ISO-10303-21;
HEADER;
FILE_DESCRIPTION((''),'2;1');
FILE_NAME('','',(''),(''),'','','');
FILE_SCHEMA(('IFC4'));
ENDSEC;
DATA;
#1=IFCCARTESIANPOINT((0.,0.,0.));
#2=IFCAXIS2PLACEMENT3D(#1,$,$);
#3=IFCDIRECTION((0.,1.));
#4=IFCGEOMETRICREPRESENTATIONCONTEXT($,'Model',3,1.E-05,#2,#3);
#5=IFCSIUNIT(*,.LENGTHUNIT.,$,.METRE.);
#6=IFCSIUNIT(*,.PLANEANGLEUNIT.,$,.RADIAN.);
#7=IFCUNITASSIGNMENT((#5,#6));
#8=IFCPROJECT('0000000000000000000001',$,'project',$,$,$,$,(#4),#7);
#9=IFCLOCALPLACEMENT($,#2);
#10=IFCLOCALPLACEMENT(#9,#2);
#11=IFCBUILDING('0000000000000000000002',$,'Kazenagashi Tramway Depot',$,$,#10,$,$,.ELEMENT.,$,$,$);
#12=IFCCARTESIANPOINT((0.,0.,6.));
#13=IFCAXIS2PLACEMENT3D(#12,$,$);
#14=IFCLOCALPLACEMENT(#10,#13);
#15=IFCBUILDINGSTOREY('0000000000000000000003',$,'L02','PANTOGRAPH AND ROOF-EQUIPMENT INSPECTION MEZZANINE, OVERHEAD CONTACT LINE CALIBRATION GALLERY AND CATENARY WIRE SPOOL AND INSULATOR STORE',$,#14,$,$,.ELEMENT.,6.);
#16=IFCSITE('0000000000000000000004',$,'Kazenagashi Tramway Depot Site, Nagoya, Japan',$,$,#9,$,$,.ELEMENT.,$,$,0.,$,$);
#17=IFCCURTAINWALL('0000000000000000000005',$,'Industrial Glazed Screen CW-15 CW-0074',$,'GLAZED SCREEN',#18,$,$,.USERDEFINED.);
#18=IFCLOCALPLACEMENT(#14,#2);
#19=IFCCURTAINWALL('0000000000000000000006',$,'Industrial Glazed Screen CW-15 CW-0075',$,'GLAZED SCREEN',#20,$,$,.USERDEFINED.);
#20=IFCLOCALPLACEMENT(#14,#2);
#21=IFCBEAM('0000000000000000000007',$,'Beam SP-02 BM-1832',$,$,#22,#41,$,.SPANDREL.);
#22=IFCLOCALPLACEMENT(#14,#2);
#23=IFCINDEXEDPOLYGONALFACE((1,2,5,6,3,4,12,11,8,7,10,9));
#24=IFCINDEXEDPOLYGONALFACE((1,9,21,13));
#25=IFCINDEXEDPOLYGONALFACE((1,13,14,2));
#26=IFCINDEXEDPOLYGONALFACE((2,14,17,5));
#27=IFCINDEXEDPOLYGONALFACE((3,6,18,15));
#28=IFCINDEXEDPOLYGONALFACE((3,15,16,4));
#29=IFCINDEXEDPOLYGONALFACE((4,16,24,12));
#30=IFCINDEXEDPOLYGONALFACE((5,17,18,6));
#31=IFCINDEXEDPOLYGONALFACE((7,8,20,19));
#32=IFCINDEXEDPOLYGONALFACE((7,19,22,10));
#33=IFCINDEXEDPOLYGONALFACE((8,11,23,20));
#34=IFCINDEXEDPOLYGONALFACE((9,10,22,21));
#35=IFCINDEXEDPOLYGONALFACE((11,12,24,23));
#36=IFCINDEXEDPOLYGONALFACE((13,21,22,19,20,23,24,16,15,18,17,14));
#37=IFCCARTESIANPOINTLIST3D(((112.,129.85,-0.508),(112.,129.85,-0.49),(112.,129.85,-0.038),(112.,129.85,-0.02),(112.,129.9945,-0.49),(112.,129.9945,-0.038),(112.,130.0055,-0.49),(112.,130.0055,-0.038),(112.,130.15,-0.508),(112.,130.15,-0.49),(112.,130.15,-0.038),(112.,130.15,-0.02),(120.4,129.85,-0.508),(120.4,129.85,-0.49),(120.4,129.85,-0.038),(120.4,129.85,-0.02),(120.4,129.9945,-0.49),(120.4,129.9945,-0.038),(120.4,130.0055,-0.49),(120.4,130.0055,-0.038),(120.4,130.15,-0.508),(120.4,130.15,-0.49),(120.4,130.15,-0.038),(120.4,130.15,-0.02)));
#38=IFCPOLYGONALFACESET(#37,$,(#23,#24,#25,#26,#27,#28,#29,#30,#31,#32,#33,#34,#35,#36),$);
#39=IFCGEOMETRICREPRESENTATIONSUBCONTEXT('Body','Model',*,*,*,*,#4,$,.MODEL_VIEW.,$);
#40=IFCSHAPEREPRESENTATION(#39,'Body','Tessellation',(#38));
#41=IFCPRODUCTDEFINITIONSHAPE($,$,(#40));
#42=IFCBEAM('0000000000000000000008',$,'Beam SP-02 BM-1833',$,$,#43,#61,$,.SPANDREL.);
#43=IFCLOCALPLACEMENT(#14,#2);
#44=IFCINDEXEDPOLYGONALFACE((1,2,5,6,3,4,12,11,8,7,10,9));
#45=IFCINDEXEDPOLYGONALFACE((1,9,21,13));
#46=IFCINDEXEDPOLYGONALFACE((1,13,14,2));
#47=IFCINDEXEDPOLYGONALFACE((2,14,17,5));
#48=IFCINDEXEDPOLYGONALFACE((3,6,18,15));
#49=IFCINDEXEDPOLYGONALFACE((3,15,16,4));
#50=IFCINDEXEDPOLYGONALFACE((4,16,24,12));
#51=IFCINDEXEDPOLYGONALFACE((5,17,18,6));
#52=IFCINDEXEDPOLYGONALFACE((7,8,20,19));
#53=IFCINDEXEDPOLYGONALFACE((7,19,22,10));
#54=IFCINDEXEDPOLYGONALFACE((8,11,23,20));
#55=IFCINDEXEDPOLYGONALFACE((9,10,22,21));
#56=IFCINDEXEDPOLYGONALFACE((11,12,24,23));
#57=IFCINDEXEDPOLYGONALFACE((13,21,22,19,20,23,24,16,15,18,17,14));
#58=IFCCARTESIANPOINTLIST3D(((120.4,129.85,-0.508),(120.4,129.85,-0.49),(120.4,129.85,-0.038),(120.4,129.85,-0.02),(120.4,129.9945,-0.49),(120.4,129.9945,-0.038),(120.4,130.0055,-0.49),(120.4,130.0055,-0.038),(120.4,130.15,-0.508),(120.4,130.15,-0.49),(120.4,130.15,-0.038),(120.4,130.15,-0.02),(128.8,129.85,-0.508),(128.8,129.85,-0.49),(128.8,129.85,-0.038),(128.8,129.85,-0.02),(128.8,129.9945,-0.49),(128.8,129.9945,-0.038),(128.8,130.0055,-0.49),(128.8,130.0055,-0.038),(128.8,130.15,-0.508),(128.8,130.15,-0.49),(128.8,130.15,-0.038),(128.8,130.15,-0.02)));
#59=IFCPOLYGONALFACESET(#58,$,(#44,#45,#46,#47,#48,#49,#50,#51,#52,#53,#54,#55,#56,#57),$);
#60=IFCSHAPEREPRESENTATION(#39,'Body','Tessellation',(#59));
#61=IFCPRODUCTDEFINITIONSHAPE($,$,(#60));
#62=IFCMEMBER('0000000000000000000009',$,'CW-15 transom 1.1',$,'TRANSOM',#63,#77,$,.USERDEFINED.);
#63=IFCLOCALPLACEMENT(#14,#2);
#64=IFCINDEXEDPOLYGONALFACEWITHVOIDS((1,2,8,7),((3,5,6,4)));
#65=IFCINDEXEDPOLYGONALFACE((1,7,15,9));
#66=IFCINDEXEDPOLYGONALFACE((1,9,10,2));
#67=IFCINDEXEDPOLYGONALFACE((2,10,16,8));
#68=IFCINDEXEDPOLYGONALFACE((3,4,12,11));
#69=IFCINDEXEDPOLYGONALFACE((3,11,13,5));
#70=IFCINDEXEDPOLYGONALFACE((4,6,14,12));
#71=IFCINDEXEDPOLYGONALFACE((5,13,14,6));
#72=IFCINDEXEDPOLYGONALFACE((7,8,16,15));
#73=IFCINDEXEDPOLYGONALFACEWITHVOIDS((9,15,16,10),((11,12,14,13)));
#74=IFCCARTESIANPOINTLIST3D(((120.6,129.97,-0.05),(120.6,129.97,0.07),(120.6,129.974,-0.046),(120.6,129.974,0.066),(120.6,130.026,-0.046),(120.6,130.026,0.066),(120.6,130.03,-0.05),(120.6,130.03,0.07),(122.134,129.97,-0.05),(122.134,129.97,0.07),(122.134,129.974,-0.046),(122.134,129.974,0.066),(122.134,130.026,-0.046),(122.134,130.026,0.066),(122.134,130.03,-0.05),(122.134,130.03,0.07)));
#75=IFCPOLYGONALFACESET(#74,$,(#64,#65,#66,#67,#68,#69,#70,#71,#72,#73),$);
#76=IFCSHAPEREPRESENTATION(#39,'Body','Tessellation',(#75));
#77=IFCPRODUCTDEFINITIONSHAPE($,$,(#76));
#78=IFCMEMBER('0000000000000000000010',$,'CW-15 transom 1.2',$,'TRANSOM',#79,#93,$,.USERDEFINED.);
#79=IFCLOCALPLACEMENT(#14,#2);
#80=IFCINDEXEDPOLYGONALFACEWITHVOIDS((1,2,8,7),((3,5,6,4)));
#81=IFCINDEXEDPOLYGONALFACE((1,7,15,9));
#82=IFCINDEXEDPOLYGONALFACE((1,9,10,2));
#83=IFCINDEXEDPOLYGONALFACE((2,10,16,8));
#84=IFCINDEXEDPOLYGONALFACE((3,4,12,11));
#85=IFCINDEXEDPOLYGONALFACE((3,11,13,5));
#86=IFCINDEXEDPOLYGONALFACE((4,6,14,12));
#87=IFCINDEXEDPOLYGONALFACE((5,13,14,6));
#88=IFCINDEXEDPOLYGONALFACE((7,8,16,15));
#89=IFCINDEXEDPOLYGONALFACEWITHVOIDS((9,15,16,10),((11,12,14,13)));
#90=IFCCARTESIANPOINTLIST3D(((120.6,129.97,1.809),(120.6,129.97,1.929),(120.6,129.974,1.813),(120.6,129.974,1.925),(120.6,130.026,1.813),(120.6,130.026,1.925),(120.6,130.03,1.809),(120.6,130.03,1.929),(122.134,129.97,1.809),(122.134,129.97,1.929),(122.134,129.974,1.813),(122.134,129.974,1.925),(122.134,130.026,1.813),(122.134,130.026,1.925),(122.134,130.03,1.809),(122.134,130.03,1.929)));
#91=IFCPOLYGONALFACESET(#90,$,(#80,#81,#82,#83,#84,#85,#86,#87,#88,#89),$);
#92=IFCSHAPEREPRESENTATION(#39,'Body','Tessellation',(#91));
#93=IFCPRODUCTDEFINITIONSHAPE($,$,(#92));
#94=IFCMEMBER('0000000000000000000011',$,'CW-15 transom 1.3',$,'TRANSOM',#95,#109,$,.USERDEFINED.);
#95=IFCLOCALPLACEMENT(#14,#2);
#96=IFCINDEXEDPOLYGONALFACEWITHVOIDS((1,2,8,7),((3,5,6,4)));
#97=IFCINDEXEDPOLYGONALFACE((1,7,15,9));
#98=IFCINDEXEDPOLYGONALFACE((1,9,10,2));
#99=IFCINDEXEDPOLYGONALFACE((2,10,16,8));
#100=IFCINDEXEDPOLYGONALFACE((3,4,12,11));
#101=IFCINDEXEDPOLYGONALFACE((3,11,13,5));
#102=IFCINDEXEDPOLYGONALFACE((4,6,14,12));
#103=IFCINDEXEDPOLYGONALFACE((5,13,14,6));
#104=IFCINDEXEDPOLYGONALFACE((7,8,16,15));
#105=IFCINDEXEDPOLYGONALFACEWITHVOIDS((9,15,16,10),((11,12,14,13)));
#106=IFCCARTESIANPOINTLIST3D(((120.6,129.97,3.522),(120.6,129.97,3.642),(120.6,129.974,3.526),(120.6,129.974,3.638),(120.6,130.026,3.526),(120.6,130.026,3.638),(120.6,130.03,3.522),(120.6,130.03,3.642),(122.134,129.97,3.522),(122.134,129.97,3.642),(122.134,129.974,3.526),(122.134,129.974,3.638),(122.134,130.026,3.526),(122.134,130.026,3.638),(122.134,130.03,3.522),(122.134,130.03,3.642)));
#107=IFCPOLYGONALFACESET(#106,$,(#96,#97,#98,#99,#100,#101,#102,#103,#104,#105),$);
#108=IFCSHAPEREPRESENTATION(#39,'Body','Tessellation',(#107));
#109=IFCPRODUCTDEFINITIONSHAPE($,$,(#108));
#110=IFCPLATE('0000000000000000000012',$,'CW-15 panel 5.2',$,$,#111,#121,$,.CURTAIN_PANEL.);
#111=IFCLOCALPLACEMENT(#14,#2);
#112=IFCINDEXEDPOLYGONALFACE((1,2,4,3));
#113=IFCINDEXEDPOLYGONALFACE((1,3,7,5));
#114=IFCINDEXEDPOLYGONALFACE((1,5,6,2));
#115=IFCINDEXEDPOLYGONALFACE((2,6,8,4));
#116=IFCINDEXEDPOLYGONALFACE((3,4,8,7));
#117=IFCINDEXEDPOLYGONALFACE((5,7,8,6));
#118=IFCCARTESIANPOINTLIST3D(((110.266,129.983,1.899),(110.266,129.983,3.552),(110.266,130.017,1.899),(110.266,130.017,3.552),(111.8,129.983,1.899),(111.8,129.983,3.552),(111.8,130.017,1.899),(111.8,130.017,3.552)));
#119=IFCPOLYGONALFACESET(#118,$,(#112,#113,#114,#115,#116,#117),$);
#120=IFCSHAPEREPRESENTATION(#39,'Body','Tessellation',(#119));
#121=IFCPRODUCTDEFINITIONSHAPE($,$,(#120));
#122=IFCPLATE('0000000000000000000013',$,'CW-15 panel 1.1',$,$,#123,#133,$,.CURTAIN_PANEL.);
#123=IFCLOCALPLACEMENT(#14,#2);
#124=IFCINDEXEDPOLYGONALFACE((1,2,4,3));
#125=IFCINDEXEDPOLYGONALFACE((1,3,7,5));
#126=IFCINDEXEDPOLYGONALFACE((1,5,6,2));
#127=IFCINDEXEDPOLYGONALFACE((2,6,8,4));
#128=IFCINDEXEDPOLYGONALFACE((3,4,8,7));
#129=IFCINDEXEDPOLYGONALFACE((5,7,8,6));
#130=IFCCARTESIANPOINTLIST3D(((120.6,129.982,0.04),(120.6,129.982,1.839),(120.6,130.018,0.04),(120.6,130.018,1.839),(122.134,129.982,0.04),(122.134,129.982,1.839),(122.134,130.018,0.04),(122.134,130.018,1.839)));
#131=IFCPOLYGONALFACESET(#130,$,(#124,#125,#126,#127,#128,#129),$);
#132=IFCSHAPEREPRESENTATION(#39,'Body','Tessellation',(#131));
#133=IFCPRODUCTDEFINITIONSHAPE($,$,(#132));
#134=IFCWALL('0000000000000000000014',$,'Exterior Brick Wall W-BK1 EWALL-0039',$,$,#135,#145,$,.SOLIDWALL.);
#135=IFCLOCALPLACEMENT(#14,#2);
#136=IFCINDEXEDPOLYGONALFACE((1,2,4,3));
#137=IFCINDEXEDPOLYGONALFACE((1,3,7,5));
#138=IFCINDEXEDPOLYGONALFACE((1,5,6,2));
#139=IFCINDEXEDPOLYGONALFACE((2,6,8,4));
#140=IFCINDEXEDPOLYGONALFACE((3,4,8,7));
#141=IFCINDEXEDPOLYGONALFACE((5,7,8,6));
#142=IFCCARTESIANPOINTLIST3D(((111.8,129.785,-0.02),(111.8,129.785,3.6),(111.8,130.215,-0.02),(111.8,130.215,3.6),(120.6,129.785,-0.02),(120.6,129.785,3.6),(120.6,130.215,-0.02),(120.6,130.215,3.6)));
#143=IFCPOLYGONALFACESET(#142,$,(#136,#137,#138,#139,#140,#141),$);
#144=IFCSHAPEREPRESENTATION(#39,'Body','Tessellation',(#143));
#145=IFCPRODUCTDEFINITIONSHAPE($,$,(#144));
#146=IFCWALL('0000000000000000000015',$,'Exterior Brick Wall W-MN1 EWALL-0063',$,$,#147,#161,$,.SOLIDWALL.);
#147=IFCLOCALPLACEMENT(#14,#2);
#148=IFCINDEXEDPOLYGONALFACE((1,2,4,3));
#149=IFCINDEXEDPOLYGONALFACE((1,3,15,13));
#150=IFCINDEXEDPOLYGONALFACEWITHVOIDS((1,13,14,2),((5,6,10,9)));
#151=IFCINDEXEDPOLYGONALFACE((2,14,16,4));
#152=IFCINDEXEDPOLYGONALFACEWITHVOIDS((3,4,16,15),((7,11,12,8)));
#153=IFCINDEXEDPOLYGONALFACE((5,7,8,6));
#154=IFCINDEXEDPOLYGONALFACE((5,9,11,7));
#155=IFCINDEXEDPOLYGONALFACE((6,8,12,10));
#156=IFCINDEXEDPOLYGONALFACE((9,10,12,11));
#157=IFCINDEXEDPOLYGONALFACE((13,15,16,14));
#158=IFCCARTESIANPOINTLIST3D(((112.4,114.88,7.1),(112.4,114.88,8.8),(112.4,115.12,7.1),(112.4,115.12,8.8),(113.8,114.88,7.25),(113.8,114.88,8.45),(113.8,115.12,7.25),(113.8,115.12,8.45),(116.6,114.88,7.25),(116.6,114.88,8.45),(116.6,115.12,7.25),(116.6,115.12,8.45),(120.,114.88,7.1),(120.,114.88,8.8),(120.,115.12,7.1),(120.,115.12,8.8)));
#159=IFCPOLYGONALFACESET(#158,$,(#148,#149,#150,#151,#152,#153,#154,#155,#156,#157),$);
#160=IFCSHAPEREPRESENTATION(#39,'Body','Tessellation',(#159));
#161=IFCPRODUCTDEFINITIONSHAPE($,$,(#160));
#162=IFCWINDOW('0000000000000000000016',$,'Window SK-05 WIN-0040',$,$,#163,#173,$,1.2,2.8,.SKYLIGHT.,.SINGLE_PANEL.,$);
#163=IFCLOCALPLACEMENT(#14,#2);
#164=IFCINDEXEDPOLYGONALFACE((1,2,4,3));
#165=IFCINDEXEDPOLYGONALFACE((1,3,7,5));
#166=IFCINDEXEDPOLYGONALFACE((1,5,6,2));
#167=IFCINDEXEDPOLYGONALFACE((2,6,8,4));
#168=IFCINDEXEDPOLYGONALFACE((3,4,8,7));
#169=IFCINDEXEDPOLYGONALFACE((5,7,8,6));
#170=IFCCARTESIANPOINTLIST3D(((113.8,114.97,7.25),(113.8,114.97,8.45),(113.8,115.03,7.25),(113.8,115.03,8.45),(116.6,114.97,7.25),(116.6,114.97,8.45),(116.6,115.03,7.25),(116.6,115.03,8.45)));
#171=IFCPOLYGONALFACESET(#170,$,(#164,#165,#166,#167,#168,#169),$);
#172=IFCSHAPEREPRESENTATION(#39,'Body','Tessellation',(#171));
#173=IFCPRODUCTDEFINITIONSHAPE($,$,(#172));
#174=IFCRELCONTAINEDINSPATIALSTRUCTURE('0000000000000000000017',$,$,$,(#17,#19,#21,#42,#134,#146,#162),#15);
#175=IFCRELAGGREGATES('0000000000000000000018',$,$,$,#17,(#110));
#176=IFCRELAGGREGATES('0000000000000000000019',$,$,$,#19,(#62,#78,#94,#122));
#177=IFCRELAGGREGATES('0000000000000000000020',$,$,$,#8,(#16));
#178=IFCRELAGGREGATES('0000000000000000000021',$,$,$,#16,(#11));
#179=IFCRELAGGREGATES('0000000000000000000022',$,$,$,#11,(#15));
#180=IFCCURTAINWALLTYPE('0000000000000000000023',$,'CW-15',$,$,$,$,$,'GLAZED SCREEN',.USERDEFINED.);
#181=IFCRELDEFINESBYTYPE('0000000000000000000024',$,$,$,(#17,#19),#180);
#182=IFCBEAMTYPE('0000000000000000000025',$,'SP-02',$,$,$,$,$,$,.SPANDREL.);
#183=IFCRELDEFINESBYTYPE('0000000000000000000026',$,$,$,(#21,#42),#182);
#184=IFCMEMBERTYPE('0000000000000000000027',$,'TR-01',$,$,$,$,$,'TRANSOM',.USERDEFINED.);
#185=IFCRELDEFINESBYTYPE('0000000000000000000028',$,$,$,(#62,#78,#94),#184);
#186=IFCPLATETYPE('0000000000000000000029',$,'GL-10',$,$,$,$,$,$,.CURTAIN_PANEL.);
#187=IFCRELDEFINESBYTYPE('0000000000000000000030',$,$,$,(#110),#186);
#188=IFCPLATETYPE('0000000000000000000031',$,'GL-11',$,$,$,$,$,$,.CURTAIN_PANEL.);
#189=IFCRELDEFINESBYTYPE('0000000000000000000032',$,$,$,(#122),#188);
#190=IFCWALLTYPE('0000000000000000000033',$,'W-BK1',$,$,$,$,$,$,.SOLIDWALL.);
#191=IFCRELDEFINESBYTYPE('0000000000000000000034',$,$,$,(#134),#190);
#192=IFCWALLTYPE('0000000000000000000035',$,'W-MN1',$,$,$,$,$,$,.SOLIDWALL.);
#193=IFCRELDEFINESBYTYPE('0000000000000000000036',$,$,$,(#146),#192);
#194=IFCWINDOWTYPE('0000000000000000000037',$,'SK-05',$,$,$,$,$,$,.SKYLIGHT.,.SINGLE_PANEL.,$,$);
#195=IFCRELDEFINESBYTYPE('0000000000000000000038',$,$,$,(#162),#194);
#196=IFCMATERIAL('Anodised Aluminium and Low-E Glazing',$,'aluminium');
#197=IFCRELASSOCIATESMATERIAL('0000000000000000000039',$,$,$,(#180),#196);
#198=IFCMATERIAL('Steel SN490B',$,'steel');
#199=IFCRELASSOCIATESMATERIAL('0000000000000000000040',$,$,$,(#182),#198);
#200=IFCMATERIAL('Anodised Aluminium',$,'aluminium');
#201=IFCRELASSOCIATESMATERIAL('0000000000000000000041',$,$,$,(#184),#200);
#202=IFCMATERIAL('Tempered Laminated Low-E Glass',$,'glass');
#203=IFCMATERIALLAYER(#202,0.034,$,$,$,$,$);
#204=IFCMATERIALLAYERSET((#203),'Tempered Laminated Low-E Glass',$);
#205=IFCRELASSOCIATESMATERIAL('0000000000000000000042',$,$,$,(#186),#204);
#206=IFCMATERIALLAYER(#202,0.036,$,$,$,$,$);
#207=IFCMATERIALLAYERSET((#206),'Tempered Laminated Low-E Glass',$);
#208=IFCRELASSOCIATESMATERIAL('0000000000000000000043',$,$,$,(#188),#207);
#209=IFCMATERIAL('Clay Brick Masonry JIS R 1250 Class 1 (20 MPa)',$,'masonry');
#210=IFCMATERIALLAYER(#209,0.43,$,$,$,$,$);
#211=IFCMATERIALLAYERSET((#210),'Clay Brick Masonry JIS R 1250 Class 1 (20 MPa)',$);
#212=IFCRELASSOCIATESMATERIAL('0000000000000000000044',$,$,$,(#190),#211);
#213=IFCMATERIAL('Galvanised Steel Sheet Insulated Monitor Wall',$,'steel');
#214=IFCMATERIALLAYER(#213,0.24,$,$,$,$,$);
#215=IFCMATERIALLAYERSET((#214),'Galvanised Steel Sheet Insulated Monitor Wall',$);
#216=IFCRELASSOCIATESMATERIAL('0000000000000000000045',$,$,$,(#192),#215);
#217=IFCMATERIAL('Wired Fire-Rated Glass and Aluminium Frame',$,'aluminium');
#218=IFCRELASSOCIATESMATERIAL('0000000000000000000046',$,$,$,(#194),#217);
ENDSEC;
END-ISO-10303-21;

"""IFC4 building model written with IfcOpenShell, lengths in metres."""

from ifc_helpers import new_model, si_unit, direction, frame, frame_2d, origin, origin_2d, place, context, subcontext, project, spatial, rectangle, hollow_rectangle, i_section, extrude, material, layer, layer_set, material_profile, profile_set, type_object, element, fill, aggregate, save


model = new_model("IFC4")

# Units and contexts
model_context = context("Model", 3, precision=1e-05, world=origin(), true_north=direction((0.0, 1.0)))
body_context = subcontext(model_context, "Body", "Model", "MODEL_VIEW")
ifc_project = project(units=[si_unit("LENGTHUNIT", "METRE"), si_unit("PLANEANGLEUNIT", "RADIAN")], contexts=[model_context])

# Site, building, storey
site_placement = place(None, origin())
site = spatial("IfcSite", under=ifc_project, at=site_placement, Name="Kazenagashi Tramway Depot Site, Nagoya, Japan", CompositionType="ELEMENT", RefElevation=0.0)
building_placement = place(site_placement, origin())
building = spatial("IfcBuilding", under=site, at=building_placement, Name="Kazenagashi Tramway Depot", CompositionType="ELEMENT")
storey_placement = place(building_placement, frame((0.0, 0.0, 6.0)))
storey = spatial("IfcBuildingStorey", under=building, at=storey_placement, Name="L02", Description="PANTOGRAPH AND ROOF-EQUIPMENT INSPECTION MEZZANINE, OVERHEAD CONTACT LINE CALIBRATION GALLERY AND CATENARY WIRE SPOOL AND INSULATOR STORE", CompositionType="ELEMENT", Elevation=6.0)

# Shared definitions
ifc_material_1 = material(Name="Steel SN490B", Category="steel")

# Curtain walls
ifc_material_2 = material(Name="Anodised Aluminium and Low-E Glazing", Category="aluminium")
curtain_wall_type = type_object("IfcCurtainWallType", Name="CW-15", ElementType="GLAZED SCREEN", PredefinedType="USERDEFINED", material=ifc_material_2)
curtain_wall_1_placement = place(storey_placement, origin())
curtain_wall_1 = element("IfcCurtainWall", 1, at=curtain_wall_1_placement, inside=storey, type_object=curtain_wall_type, Name="Industrial Glazed Screen CW-15 CW-0074", ObjectType="GLAZED SCREEN", PredefinedType="USERDEFINED")
ifc_material_3 = material(Name="Anodised Aluminium", Category="aluminium")
curtain_wall_2_placement = place(storey_placement, origin())
curtain_wall_2 = element("IfcCurtainWall", 2, at=curtain_wall_2_placement, inside=storey, type_object=curtain_wall_type, Name="Industrial Glazed Screen CW-15 CW-0075", ObjectType="GLAZED SCREEN", PredefinedType="USERDEFINED")

# Beams
ifc_material_profile_1 = material_profile(ifc_material_1, i_section(OverallWidth=0.3, OverallDepth=0.488, WebThickness=0.011, FlangeThickness=0.018, at=origin_2d()), Name="H-488x300x11x18")
ifc_profile_set_1 = profile_set([ifc_material_profile_1], Name="Steel SN490B")
beam_type_1 = type_object("IfcBeamType", Name="SP-02", PredefinedType="SPANDREL", material=ifc_profile_set_1)
for number, where, z_axis, x_axis, name in (
    (3, (112.0, 130.0, -0.264), (1.0, 0.0, 0.0), (0.0, 1.0, 0.0), "Beam SP-02 BM-1832"),
    (4, (120.4, 130.0, -0.264), (1.0, 0.0, 0.0), (0.0, 1.0, 0.0), "Beam SP-02 BM-1833"),
):
    element("IfcBeam", number, at=place(storey_placement, frame(where, z_axis=z_axis, x_axis=x_axis)), inside=storey, type_object=beam_type_1, Name=name, PredefinedType="SPANDREL", context=body_context, shape_type="SweptSolid", body=[
        extrude(i_section(OverallWidth=0.3, OverallDepth=0.488, WebThickness=0.011, FlangeThickness=0.018, at=origin_2d()), origin(), (0.0, 0.0, 1.0), 8.4),
    ])

# Members
ifc_material_profile_2 = material_profile(ifc_material_3, hollow_rectangle(XDim=0.06, YDim=0.12, WallThickness=0.004, at=origin_2d()), Name="RHS-120x60x4")
ifc_profile_set_2 = profile_set([ifc_material_profile_2], Name="Anodised Aluminium")
member_type_1 = type_object("IfcMemberType", Name="TR-01", ElementType="TRANSOM", PredefinedType="USERDEFINED", material=ifc_profile_set_2)
member_1_placement = place(storey_placement, frame((120.6, 130.0, 0.01), z_axis=(1.0, 0.0, 0.0), x_axis=(0.0, 1.0, 0.0)))
member_1 = element("IfcMember", 5, at=member_1_placement, type_object=member_type_1, Name="CW-15 transom 1.1", ObjectType="TRANSOM", PredefinedType="USERDEFINED", context=body_context, shape_type="SweptSolid", body=[
    extrude(hollow_rectangle(XDim=0.06, YDim=0.12, WallThickness=0.004, at=origin_2d()), origin(), (0.0, 0.0, 1.0), 1.534),
])
member_2_placement = place(storey_placement, frame((120.6, 130.0, 1.869), z_axis=(1.0, 0.0, 0.0), x_axis=(0.0, 1.0, 0.0)))
member_2 = element("IfcMember", 6, at=member_2_placement, type_object=member_type_1, Name="CW-15 transom 1.2", ObjectType="TRANSOM", PredefinedType="USERDEFINED", context=body_context, shape_type="SweptSolid", body=[
    extrude(hollow_rectangle(XDim=0.06, YDim=0.12, WallThickness=0.004, at=origin_2d()), origin(), (0.0, 0.0, 1.0), 1.534),
])
member_3_placement = place(storey_placement, frame((120.6, 130.0, 3.582), z_axis=(1.0, 0.0, 0.0), x_axis=(0.0, 1.0, 0.0)))
member_3 = element("IfcMember", 7, at=member_3_placement, type_object=member_type_1, Name="CW-15 transom 1.3", ObjectType="TRANSOM", PredefinedType="USERDEFINED", context=body_context, shape_type="SweptSolid", body=[
    extrude(hollow_rectangle(XDim=0.06, YDim=0.12, WallThickness=0.004, at=origin_2d()), origin(), (0.0, 0.0, 1.0), 1.534),
])

# Plates
ifc_material_4 = material(Name="Tempered Laminated Low-E Glass", Category="glass")
ifc_layer_1 = layer(ifc_material_4, 0.034)
ifc_layer_set_1 = layer_set([ifc_layer_1], Name="Tempered Laminated Low-E Glass")
plate_type_1 = type_object("IfcPlateType", Name="GL-10", PredefinedType="CURTAIN_PANEL", material=ifc_layer_set_1)
plate_1_placement = place(storey_placement, frame((111.033, 130.0, 1.899), z_axis=(0.0, 0.0, 1.0), x_axis=(1.0, 0.0, 0.0)))
plate_1 = element("IfcPlate", 8, at=plate_1_placement, type_object=plate_type_1, Name="CW-15 panel 5.2", PredefinedType="CURTAIN_PANEL", context=body_context, shape_type="SweptSolid", body=[
    extrude(rectangle(XDim=1.534, YDim=0.034, at=origin_2d()), origin(), (0.0, 0.0, 1.0), 1.653),
])
aggregate(curtain_wall_1, [plate_1])
ifc_layer_2 = layer(ifc_material_4, 0.036)
ifc_layer_set_2 = layer_set([ifc_layer_2], Name="Tempered Laminated Low-E Glass")
plate_type_2 = type_object("IfcPlateType", Name="GL-11", PredefinedType="CURTAIN_PANEL", material=ifc_layer_set_2)
plate_2_placement = place(storey_placement, frame((121.367, 130.0, 0.04), z_axis=(0.0, 0.0, 1.0), x_axis=(1.0, 0.0, 0.0)))
plate_2 = element("IfcPlate", 9, at=plate_2_placement, type_object=plate_type_2, Name="CW-15 panel 1.1", PredefinedType="CURTAIN_PANEL", context=body_context, shape_type="SweptSolid", body=[
    extrude(rectangle(XDim=1.534, YDim=0.036, at=origin_2d()), origin(), (0.0, 0.0, 1.0), 1.799),
])
aggregate(curtain_wall_2, [member_1, member_2, member_3, plate_2])

# Wall
ifc_material_5 = material(Name="Clay Brick Masonry JIS R 1250 Class 1 (20 MPa)", Category="masonry")
ifc_layer_3 = layer(ifc_material_5, 0.43)
ifc_layer_set_3 = layer_set([ifc_layer_3], Name="Clay Brick Masonry JIS R 1250 Class 1 (20 MPa)")
wall_type_1 = type_object("IfcWallType", Name="W-BK1", PredefinedType="SOLIDWALL", material=ifc_layer_set_3)
wall_1_placement = place(storey_placement, frame((111.8, 130.0, -0.02), z_axis=(0.0, 0.0, 1.0), x_axis=(1.0, 0.0, 0.0)))
element("IfcWall", 10, at=wall_1_placement, inside=storey, type_object=wall_type_1, Name="Exterior Brick Wall W-BK1 EWALL-0039", PredefinedType="SOLIDWALL", context=body_context, shape_type="SweptSolid", body=[
    extrude(rectangle(XDim=8.8, YDim=0.43, at=frame_2d((4.4, 0.0))), origin(), (0.0, 0.0, 1.0), 3.62),
])

# Wall, opening, window
ifc_material_6 = material(Name="Galvanised Steel Sheet Insulated Monitor Wall", Category="steel")
ifc_layer_4 = layer(ifc_material_6, 0.24)
ifc_layer_set_4 = layer_set([ifc_layer_4], Name="Galvanised Steel Sheet Insulated Monitor Wall")
wall_type_2 = type_object("IfcWallType", Name="W-MN1", PredefinedType="SOLIDWALL", material=ifc_layer_set_4)
wall_2_placement = place(storey_placement, frame((112.4, 115.0, 7.1), z_axis=(0.0, 0.0, 1.0), x_axis=(1.0, 0.0, 0.0)))
wall_2 = element("IfcWall", 11, at=wall_2_placement, inside=storey, type_object=wall_type_2, Name="Exterior Brick Wall W-MN1 EWALL-0063", PredefinedType="SOLIDWALL", context=body_context, shape_type="SweptSolid", body=[
    extrude(rectangle(XDim=7.6, YDim=0.24, at=frame_2d((3.8, 0.0))), origin(), (0.0, 0.0, 1.0), 1.7),
])
opening_placement = place(wall_2_placement, frame((1.4, 0.0, 0.15)))
opening = element("IfcOpeningElement", 12, at=opening_placement, cuts=wall_2, PredefinedType="OPENING", context=body_context, shape_type="SweptSolid", body=[
    extrude(rectangle(XDim=2.8, YDim=1.2, at=frame_2d((1.4, 0.6))), frame((0.0, 0.13, 0.0), z_axis=(0.0, -1.0, 0.0), x_axis=(1.0, 0.0, 0.0)), (0.0, 0.0, 1.0), 0.26),
])
ifc_material_7 = material(Name="Wired Fire-Rated Glass and Aluminium Frame", Category="aluminium")
window_type = type_object("IfcWindowType", Name="SK-05", PartitioningType="SINGLE_PANEL", PredefinedType="SKYLIGHT", material=ifc_material_7)
window_placement = place(opening_placement, origin())
window = element("IfcWindow", 13, at=window_placement, inside=storey, type_object=window_type, Name="Window SK-05 WIN-0040", OverallHeight=1.2, OverallWidth=2.8, PartitioningType="SINGLE_PANEL", PredefinedType="SKYLIGHT", context=body_context, shape_type="SweptSolid", body=[
    extrude(rectangle(XDim=2.8, YDim=1.2, at=frame_2d((1.4, 0.6))), frame((0.0, 0.03, 0.0), z_axis=(0.0, -1.0, 0.0), x_axis=(1.0, 0.0, 0.0)), (0.0, 0.0, 1.0), 0.06),
])
fill(opening, window)

save(model, "model.ifc")
